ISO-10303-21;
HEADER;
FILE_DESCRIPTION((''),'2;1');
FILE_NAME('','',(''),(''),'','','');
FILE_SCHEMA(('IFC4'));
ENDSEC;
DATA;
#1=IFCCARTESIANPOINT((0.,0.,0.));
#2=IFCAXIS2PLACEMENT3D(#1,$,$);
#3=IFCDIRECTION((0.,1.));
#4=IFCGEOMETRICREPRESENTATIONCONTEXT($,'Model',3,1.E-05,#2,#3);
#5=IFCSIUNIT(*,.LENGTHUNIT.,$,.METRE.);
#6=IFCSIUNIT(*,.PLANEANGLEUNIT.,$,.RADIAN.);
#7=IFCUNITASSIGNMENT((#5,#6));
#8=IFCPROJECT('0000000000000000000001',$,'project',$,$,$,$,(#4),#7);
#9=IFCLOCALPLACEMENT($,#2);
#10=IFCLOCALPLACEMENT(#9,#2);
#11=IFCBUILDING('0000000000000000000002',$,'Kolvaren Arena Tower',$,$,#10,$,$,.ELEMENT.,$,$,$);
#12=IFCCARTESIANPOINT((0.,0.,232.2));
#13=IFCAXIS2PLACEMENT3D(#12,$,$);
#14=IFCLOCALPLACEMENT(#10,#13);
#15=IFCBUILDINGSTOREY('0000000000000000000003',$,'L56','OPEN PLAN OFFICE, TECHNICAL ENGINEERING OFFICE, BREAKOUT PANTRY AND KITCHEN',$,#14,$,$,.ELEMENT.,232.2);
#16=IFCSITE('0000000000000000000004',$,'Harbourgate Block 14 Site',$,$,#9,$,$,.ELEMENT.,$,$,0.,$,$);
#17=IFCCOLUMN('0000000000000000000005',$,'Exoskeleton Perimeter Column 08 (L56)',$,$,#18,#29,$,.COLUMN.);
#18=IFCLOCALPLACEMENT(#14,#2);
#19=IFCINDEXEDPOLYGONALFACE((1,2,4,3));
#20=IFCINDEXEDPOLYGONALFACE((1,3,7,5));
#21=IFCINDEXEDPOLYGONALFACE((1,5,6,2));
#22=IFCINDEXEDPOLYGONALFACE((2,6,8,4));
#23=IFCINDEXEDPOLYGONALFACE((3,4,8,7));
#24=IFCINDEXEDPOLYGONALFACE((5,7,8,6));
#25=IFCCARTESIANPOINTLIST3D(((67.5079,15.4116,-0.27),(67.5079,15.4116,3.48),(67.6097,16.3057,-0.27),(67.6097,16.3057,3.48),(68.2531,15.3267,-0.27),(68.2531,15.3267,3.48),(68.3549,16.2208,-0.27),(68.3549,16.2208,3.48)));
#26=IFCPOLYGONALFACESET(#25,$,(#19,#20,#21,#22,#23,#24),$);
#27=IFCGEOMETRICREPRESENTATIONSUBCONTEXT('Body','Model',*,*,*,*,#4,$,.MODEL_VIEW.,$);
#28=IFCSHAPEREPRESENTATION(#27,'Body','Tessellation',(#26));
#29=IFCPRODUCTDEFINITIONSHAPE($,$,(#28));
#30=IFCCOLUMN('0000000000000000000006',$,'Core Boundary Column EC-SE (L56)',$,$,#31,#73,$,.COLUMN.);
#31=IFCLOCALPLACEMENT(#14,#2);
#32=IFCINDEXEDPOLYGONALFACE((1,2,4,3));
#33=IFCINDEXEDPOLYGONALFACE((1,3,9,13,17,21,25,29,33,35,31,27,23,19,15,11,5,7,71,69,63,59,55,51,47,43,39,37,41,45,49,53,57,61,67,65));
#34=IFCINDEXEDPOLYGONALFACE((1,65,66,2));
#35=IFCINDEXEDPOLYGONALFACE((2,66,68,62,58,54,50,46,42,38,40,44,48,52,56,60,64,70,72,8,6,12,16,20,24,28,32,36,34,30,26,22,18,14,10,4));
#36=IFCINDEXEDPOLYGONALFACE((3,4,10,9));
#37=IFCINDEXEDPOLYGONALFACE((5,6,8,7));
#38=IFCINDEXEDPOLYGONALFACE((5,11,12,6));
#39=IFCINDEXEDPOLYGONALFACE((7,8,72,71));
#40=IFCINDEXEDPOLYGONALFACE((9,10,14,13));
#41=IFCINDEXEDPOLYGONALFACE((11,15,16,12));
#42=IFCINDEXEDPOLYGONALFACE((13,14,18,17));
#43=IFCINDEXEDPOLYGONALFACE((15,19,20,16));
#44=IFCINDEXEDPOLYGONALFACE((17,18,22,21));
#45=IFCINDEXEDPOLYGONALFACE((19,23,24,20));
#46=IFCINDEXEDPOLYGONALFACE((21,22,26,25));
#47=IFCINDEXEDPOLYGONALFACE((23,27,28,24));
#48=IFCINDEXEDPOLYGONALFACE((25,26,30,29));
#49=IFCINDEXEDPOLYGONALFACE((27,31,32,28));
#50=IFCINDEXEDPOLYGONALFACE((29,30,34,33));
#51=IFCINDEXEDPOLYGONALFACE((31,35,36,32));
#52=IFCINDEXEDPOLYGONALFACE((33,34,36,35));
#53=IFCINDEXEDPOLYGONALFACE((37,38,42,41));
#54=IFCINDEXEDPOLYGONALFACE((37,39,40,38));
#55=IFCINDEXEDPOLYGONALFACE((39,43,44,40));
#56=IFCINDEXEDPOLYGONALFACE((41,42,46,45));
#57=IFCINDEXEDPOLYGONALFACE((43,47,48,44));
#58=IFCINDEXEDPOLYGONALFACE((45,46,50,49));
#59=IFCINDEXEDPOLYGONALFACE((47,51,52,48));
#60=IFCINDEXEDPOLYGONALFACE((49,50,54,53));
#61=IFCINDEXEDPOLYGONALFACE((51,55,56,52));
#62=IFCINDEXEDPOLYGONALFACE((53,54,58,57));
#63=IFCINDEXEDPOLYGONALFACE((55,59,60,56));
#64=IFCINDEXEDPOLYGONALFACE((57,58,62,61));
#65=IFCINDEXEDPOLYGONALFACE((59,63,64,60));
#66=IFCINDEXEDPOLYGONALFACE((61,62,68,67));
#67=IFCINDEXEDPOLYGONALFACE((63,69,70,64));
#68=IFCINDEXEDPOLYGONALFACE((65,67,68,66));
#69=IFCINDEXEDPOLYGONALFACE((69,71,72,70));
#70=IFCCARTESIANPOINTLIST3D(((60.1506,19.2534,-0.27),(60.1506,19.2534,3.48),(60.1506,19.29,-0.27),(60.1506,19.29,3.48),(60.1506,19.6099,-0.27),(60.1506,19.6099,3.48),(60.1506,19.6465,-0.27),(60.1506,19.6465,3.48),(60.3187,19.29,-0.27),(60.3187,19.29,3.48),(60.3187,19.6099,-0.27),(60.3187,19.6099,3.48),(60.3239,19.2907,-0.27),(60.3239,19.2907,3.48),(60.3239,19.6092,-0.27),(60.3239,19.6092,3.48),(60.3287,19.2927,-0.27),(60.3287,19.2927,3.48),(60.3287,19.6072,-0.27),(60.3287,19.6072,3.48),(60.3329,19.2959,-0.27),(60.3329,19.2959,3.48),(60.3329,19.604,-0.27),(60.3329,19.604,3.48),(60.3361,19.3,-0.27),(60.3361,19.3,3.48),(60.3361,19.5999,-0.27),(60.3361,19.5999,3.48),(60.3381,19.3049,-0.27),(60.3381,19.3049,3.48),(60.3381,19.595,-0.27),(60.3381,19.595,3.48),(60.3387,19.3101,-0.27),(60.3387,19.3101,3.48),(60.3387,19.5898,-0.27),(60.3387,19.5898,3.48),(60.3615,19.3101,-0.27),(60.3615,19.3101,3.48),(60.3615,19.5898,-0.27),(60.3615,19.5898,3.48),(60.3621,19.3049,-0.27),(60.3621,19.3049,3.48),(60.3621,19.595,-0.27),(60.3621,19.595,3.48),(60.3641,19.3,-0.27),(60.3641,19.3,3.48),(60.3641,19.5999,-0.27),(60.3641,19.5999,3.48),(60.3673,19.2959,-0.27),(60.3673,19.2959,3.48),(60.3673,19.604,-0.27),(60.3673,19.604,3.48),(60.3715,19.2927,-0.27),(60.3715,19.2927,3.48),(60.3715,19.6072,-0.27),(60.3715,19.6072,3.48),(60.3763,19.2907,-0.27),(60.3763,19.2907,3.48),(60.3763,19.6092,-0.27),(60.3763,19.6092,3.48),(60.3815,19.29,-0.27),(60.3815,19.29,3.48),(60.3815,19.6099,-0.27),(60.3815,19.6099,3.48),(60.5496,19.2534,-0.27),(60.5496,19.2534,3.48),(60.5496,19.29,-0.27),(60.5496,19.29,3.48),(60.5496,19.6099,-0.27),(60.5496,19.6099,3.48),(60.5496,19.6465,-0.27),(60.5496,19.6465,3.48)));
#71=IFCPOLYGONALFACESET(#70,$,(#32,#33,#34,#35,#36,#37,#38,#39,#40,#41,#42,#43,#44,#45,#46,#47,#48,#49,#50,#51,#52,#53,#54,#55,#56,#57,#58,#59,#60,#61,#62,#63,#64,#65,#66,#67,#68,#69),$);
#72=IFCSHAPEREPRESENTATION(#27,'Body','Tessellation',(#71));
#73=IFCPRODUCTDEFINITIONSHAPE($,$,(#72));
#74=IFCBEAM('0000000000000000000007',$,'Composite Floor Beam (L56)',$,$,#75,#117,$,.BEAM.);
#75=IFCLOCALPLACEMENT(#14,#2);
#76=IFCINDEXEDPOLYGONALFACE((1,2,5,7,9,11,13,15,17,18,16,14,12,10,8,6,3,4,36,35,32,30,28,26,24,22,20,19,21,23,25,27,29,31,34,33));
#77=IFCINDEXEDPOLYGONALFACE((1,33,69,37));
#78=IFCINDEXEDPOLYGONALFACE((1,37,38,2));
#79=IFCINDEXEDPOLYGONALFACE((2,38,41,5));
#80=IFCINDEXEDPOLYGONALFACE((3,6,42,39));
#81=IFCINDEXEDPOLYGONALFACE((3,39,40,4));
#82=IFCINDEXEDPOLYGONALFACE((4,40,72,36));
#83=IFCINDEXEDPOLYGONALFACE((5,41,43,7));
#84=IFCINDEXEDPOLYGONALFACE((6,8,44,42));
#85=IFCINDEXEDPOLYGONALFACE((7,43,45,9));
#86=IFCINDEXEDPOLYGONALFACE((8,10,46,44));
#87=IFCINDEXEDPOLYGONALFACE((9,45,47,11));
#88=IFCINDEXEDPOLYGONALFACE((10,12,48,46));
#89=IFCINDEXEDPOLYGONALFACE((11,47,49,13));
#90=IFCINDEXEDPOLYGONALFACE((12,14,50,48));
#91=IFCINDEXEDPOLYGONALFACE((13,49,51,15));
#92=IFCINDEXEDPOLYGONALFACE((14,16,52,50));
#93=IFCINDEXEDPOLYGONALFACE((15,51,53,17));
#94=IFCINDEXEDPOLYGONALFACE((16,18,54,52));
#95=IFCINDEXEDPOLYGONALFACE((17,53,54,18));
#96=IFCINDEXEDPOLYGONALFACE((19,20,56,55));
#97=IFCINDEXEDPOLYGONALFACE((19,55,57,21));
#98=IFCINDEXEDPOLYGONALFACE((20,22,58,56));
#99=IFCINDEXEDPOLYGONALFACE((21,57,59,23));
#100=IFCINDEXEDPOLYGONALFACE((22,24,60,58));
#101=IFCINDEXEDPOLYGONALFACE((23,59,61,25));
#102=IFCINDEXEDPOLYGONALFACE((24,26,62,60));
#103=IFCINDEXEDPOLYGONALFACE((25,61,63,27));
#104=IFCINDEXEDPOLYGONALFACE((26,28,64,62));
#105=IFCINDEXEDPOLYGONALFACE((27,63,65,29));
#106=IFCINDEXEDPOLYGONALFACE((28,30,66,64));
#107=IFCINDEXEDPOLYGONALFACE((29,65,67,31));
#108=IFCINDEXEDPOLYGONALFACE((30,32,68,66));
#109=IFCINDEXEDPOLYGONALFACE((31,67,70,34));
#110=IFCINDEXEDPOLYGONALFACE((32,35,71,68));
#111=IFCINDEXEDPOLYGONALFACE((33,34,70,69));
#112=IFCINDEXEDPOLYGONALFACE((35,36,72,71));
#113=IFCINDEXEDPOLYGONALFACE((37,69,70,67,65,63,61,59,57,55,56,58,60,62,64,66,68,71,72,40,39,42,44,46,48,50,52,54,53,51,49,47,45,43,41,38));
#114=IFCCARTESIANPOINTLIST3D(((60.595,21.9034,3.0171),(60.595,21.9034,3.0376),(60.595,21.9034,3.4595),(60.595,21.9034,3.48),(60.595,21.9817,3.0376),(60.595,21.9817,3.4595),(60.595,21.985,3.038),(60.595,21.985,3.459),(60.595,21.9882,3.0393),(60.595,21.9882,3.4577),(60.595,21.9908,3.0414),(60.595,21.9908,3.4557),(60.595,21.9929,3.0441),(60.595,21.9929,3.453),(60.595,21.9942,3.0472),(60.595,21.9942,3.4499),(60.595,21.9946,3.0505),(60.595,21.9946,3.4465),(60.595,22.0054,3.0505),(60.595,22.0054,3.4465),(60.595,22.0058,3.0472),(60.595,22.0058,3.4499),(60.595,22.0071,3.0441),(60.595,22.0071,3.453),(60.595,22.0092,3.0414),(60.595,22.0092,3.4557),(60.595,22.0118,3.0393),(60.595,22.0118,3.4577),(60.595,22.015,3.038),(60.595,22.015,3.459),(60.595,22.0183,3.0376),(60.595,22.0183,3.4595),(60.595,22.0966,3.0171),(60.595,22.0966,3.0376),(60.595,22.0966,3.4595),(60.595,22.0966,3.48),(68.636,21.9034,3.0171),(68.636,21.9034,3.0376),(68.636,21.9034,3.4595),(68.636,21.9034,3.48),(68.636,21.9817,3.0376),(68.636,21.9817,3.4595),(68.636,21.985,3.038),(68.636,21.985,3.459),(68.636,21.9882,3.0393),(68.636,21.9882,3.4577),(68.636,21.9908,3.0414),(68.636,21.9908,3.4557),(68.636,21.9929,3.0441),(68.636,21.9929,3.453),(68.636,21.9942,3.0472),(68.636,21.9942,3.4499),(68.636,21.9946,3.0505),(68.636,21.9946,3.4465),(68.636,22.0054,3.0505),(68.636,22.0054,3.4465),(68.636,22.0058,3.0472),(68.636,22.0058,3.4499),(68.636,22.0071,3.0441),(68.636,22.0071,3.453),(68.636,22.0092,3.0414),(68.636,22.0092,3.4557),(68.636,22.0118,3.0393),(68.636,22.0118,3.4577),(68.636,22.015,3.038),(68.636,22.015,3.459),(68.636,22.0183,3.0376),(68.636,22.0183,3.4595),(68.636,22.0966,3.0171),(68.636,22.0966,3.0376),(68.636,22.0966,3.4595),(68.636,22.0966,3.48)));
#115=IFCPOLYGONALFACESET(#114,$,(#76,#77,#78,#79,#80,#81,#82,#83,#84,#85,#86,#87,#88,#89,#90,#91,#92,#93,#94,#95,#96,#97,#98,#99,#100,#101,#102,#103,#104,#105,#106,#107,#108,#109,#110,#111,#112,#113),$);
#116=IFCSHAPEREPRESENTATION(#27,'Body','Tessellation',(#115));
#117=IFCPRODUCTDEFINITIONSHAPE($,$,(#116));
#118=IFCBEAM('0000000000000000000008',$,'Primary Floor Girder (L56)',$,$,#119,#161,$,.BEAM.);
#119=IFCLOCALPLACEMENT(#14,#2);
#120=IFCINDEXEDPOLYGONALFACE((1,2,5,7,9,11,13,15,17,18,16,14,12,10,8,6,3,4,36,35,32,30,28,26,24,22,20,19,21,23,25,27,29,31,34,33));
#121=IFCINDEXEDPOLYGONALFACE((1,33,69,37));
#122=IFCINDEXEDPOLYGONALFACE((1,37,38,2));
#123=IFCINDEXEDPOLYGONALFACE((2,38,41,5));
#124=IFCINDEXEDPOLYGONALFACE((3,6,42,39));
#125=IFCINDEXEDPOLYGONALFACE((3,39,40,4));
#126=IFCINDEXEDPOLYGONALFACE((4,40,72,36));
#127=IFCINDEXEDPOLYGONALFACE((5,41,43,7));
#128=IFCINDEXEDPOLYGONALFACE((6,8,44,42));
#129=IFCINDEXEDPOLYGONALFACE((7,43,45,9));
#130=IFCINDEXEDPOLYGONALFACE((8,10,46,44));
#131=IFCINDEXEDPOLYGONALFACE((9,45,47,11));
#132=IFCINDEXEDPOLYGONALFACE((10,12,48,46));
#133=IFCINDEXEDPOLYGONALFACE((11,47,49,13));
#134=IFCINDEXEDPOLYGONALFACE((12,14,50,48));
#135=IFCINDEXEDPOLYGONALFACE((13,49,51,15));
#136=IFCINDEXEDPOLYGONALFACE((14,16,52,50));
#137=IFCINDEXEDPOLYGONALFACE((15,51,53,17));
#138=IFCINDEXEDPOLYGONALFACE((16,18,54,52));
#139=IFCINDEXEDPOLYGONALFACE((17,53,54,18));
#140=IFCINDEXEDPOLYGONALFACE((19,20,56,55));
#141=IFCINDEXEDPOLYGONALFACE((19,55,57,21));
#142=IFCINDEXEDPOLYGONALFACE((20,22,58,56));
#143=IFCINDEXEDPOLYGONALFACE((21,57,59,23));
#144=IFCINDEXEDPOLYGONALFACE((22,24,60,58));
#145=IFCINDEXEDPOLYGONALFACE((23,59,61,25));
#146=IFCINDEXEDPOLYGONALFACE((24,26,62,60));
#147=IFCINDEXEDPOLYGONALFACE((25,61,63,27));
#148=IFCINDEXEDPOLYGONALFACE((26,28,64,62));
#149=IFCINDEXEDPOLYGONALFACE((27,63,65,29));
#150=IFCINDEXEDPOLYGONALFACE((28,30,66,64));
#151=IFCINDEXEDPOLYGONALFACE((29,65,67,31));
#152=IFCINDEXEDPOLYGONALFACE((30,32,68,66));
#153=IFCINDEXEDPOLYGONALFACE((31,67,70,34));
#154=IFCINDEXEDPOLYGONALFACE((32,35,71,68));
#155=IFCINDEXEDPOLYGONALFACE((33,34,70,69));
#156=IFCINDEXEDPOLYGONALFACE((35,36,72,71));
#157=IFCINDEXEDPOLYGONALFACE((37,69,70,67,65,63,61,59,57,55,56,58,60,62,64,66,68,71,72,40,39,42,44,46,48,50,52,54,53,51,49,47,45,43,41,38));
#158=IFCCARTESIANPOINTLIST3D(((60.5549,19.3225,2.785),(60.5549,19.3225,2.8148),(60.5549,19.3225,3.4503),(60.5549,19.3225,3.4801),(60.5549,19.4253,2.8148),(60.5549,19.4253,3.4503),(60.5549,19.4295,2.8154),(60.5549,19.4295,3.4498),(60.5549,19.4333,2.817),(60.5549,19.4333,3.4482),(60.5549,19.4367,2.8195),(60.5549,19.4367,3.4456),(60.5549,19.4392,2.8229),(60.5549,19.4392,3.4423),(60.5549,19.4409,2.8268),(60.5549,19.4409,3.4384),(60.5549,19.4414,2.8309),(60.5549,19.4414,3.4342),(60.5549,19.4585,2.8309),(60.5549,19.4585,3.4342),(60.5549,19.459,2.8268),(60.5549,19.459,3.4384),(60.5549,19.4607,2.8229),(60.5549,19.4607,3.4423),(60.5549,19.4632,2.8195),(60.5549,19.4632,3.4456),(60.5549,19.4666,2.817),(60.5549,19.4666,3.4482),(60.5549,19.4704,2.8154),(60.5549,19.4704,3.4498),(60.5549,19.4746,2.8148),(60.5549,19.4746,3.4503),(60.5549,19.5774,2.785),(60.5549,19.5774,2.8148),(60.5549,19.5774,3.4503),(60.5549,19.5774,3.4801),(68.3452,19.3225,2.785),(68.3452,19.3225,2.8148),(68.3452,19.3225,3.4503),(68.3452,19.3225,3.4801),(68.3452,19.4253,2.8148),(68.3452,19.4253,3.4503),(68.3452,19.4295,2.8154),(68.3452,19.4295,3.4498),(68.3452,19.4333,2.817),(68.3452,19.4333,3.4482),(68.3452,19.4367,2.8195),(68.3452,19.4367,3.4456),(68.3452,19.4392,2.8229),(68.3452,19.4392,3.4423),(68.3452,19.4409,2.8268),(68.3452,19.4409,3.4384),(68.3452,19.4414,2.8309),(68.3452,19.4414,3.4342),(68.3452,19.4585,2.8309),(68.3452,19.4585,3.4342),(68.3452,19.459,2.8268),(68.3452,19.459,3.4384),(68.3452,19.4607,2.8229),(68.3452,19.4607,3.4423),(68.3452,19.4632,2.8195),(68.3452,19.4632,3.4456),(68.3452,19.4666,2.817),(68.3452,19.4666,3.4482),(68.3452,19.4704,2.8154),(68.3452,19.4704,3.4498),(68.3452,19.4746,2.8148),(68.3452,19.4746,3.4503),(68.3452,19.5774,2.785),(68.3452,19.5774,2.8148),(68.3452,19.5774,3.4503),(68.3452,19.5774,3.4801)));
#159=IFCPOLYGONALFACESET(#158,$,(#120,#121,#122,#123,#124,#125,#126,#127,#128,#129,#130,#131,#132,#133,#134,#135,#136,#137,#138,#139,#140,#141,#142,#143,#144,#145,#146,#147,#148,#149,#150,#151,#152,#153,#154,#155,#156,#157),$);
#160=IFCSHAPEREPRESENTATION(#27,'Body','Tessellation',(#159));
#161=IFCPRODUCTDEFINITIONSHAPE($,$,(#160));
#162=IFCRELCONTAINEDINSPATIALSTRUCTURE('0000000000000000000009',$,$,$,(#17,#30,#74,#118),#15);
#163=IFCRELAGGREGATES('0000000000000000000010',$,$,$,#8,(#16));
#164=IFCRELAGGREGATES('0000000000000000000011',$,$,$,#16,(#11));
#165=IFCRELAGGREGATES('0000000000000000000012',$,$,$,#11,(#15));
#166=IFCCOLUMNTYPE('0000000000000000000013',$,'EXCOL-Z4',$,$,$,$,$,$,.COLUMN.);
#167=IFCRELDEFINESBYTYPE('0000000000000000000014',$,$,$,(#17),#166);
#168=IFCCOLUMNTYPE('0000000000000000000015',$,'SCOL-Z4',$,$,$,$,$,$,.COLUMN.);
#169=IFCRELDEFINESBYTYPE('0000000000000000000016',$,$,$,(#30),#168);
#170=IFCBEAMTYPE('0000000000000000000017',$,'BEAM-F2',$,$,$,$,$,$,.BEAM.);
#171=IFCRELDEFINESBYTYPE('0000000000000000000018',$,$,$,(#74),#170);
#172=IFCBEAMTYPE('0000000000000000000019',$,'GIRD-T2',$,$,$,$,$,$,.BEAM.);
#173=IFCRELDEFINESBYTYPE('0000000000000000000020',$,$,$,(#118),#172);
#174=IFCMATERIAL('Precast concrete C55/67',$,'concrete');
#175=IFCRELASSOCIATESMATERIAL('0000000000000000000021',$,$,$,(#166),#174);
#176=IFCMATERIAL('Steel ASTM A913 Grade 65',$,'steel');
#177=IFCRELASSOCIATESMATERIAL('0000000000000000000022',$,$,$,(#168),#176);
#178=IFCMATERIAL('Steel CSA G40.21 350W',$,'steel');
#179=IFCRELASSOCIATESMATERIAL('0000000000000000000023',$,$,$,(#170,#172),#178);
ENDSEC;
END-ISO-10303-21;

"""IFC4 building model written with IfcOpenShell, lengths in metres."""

from ifc_helpers import new_model, si_unit, direction, frame, origin, origin_2d, place, context, subcontext, project, spatial, rectangle, i_section, extrude, material, material_profile, profile_set, type_object, element, save


model = new_model("IFC4")

# Units and contexts
model_context = context("Model", 3, precision=1e-05, world=origin(), true_north=direction((0.0, 1.0)))
body_context = subcontext(model_context, "Body", "Model", "MODEL_VIEW")
ifc_project = project(units=[si_unit("LENGTHUNIT", "METRE"), si_unit("PLANEANGLEUNIT", "RADIAN")], contexts=[model_context])

# Site, building, storey
site_placement = place(None, origin())
site = spatial("IfcSite", under=ifc_project, at=site_placement, Name="Harbourgate Block 14 Site", CompositionType="ELEMENT", RefElevation=0.0)
building_placement = place(site_placement, origin())
building = spatial("IfcBuilding", under=site, at=building_placement, Name="Kolvaren Arena Tower", CompositionType="ELEMENT")
storey_placement = place(building_placement, frame((0.0, 0.0, 232.2)))
storey = spatial("IfcBuildingStorey", under=building, at=storey_placement, Name="L56", Description="OPEN PLAN OFFICE, TECHNICAL ENGINEERING OFFICE, BREAKOUT PANTRY AND KITCHEN", CompositionType="ELEMENT", Elevation=232.2)

# Columns
ifc_material_1 = material(Name="Precast concrete C55/67", Category="concrete")
ifc_material_profile_1 = material_profile(ifc_material_1, rectangle(XDim=0.8999, YDim=0.75, at=origin_2d()), Name="RC-900x750")
ifc_profile_set_1 = profile_set([ifc_material_profile_1], Name="Precast concrete C55/67")
column_type_1 = type_object("IfcColumnType", Name="EXCOL-Z4", PredefinedType="COLUMN", material=ifc_profile_set_1)
column_1_placement = place(storey_placement, frame((67.9314, 15.8162, -0.27), z_axis=(0.0, 0.0, 1.0), x_axis=(0.113203, 0.993572, 0.0)))
element("IfcColumn", 1, at=column_1_placement, inside=storey, type_object=column_type_1, Name="Exoskeleton Perimeter Column 08 (L56)", PredefinedType="COLUMN", context=body_context, shape_type="SweptSolid", body=[
    extrude(rectangle(XDim=0.8999, YDim=0.75, at=origin_2d()), origin(), (0.0, 0.0, 1.0), 3.75),
])
ifc_material_2 = material(Name="Steel ASTM A913 Grade 65", Category="steel")
ifc_material_profile_2 = material_profile(ifc_material_2, i_section(OverallWidth=0.3989, OverallDepth=0.3931, WebThickness=0.0227, FlangeThickness=0.0366, FilletRadius=0.02, at=origin_2d()), Name="W360x287")
ifc_profile_set_2 = profile_set([ifc_material_profile_2], Name="Steel ASTM A913 Grade 65")
column_type_2 = type_object("IfcColumnType", Name="SCOL-Z4", PredefinedType="COLUMN", material=ifc_profile_set_2)
column_2_placement = place(storey_placement, frame((60.3501, 19.45, -0.27), z_axis=(0.0, 0.0, 1.0), x_axis=(1.0, 0.0, 0.0)))
element("IfcColumn", 2, at=column_2_placement, inside=storey, type_object=column_type_2, Name="Core Boundary Column EC-SE (L56)", PredefinedType="COLUMN", context=body_context, shape_type="SweptSolid", body=[
    extrude(i_section(OverallWidth=0.3989, OverallDepth=0.3931, WebThickness=0.0227, FlangeThickness=0.0366, FilletRadius=0.02, at=origin_2d()), origin(), (0.0, 0.0, 1.0), 3.75),
])

# Beams
ifc_material_3 = material(Name="Steel CSA G40.21 350W", Category="steel")
ifc_material_profile_3 = material_profile(ifc_material_3, i_section(OverallWidth=0.1931, OverallDepth=0.4629, WebThickness=0.0107, FlangeThickness=0.0205, FilletRadius=0.0129, at=origin_2d()), Name="W460x113")
ifc_profile_set_3 = profile_set([ifc_material_profile_3], Name="Steel CSA G40.21 350W")
beam_type_1 = type_object("IfcBeamType", Name="BEAM-F2", PredefinedType="BEAM", material=ifc_profile_set_3)
beam_1_placement = place(storey_placement, frame((60.595, 22.0, 3.2485), z_axis=(1.0, 0.0, 0.0), x_axis=(0.0, 1.0, 0.0)))
element("IfcBeam", 3, at=beam_1_placement, inside=storey, type_object=beam_type_1, Name="Composite Floor Beam (L56)", PredefinedType="BEAM", context=body_context, shape_type="SweptSolid", body=[
    extrude(i_section(OverallWidth=0.1931, OverallDepth=0.4629, WebThickness=0.0107, FlangeThickness=0.0205, FilletRadius=0.0129, at=origin_2d()), origin(), (0.0, 0.0, 1.0), 8.041),
])
ifc_material_profile_4 = material_profile(ifc_material_3, i_section(OverallWidth=0.2549, OverallDepth=0.6951, WebThickness=0.0171, FlangeThickness=0.0298, FilletRadius=0.0161, at=origin_2d()), Name="W690x217")
ifc_profile_set_4 = profile_set([ifc_material_profile_4], Name="Steel CSA G40.21 350W")
beam_type_2 = type_object("IfcBeamType", Name="GIRD-T2", PredefinedType="BEAM", material=ifc_profile_set_4)
beam_2_placement = place(storey_placement, frame((60.5549, 19.45, 3.1326), z_axis=(1.0, 0.0, 0.0), x_axis=(0.0, 1.0, 0.0)))
element("IfcBeam", 4, at=beam_2_placement, inside=storey, type_object=beam_type_2, Name="Primary Floor Girder (L56)", PredefinedType="BEAM", context=body_context, shape_type="SweptSolid", body=[
    extrude(i_section(OverallWidth=0.2549, OverallDepth=0.6951, WebThickness=0.0171, FlangeThickness=0.0298, FilletRadius=0.0161, at=origin_2d()), origin(), (0.0, 0.0, 1.0), 7.7903),
])

save(model, "model.ifc")
